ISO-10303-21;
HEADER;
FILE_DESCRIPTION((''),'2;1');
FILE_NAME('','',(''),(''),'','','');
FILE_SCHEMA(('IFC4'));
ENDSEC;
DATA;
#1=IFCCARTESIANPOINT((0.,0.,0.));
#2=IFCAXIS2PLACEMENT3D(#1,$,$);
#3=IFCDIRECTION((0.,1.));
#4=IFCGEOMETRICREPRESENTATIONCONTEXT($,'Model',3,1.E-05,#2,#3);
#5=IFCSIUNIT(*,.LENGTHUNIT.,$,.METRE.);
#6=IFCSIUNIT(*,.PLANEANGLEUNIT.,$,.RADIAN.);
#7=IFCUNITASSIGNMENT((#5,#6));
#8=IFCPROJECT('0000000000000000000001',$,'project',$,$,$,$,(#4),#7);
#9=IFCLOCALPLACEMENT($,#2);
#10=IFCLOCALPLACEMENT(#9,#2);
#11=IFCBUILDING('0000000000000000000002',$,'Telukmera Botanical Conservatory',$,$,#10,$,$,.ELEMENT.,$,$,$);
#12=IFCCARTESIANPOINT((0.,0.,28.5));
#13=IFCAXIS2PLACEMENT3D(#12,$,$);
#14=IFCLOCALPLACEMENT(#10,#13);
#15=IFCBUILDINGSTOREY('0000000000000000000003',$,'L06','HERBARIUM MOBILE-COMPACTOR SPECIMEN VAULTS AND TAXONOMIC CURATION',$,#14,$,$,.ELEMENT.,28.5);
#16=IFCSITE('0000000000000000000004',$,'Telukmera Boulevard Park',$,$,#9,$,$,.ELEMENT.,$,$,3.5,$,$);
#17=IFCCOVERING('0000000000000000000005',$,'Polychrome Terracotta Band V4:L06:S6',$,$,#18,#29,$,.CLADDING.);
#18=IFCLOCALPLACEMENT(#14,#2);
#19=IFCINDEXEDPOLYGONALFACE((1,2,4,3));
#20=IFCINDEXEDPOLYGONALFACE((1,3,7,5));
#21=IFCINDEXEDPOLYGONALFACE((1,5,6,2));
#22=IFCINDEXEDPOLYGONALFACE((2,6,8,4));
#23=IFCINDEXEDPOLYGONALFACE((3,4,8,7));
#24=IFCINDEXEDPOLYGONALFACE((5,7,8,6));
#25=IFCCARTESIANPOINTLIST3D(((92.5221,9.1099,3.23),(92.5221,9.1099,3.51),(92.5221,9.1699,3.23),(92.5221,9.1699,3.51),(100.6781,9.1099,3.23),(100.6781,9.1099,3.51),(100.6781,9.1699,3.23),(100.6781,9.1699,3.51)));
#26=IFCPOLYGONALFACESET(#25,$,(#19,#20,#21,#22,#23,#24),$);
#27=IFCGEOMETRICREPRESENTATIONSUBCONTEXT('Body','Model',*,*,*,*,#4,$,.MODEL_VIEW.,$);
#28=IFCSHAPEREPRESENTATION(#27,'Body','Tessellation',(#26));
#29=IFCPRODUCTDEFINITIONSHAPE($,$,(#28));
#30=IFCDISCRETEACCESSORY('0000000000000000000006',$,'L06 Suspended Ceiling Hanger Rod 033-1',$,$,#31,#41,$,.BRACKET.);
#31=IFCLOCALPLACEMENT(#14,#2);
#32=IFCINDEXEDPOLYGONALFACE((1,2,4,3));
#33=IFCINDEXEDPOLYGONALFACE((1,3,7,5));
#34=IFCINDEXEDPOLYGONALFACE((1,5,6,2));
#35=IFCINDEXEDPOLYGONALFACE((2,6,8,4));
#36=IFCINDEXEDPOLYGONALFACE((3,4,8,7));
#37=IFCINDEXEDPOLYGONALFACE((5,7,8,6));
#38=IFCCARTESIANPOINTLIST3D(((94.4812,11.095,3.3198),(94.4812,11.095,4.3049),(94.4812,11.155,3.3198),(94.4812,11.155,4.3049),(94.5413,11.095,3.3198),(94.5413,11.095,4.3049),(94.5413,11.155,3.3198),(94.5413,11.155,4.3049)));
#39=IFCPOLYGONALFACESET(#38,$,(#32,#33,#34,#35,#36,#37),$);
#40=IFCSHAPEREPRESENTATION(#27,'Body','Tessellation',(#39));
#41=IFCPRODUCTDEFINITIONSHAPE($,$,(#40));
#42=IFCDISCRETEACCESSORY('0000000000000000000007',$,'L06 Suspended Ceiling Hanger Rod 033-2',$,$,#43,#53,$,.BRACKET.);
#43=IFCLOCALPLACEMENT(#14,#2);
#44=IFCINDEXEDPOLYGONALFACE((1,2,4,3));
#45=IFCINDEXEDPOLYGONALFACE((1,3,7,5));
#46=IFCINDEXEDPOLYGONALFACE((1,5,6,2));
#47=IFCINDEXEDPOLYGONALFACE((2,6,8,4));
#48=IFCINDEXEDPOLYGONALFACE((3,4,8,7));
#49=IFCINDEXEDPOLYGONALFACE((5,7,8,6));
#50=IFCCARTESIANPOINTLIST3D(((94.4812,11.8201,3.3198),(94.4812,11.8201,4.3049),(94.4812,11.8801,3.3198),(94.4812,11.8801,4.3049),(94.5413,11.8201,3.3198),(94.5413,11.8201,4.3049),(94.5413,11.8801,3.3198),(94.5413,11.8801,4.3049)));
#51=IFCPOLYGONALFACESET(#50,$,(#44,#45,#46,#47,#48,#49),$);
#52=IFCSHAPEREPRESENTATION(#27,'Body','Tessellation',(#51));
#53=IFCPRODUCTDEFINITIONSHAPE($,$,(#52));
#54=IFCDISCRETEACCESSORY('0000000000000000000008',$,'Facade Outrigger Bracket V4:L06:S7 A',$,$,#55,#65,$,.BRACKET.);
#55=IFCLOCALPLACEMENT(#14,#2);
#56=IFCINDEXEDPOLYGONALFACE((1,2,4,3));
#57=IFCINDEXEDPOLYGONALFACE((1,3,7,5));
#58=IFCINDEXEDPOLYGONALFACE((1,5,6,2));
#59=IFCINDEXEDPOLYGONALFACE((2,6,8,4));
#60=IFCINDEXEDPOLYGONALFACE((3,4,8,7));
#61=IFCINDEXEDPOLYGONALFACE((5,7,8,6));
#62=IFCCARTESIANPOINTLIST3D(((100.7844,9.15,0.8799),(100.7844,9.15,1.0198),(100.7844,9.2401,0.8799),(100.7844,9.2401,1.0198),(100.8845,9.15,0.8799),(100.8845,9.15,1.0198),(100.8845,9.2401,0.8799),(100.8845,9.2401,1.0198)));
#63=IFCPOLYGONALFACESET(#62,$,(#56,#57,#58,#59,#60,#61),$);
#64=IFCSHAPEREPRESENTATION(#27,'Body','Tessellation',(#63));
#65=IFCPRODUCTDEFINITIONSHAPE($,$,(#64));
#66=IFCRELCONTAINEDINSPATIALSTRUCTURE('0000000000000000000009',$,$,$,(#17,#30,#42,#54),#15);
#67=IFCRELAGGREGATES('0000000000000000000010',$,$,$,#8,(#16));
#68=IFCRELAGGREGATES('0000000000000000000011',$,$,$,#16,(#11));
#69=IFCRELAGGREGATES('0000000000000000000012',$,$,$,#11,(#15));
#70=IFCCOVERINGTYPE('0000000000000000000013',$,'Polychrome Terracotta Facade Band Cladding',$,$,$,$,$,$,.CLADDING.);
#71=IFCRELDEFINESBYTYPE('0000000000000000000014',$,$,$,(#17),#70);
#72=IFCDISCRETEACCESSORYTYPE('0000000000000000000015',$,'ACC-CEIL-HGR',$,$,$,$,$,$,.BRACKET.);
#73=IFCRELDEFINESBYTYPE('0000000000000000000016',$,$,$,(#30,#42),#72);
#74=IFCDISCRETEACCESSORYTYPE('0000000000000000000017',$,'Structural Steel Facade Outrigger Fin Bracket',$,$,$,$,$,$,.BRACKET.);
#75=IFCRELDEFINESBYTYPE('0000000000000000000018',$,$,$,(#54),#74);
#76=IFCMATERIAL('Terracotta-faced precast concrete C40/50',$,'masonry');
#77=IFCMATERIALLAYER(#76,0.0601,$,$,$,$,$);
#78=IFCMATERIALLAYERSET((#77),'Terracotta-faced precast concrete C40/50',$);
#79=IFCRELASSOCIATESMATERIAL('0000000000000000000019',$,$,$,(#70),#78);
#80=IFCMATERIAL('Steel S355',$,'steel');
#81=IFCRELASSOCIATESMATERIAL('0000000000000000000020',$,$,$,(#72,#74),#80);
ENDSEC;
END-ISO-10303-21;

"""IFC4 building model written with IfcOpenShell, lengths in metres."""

from ifc_helpers import new_model, si_unit, direction, frame, origin, origin_2d, place, context, subcontext, project, spatial, rectangle, extrude, material, layer, layer_set, type_object, element, save


model = new_model("IFC4")

# Units and contexts
model_context = context("Model", 3, precision=1e-05, world=origin(), true_north=direction((0.0, 1.0)))
body_context = subcontext(model_context, "Body", "Model", "MODEL_VIEW")
ifc_project = project(units=[si_unit("LENGTHUNIT", "METRE"), si_unit("PLANEANGLEUNIT", "RADIAN")], contexts=[model_context])

# Site, building, storey
site_placement = place(None, origin())
site = spatial("IfcSite", under=ifc_project, at=site_placement, Name="Telukmera Boulevard Park", CompositionType="ELEMENT", RefElevation=3.5)
building_placement = place(site_placement, origin())
building = spatial("IfcBuilding", under=site, at=building_placement, Name="Telukmera Botanical Conservatory", CompositionType="ELEMENT")
storey_placement = place(building_placement, frame((0.0, 0.0, 28.5)))
storey = spatial("IfcBuildingStorey", under=building, at=storey_placement, Name="L06", Description="HERBARIUM MOBILE-COMPACTOR SPECIMEN VAULTS AND TAXONOMIC CURATION", CompositionType="ELEMENT", Elevation=28.5)

# Covering
ifc_material_1 = material(Name="Terracotta-faced precast concrete C40/50", Category="masonry")
ifc_layer_1 = layer(ifc_material_1, 0.0601)
ifc_layer_set_1 = layer_set([ifc_layer_1], Name="Terracotta-faced precast concrete C40/50")
covering_type_1 = type_object("IfcCoveringType", Name="Polychrome Terracotta Facade Band Cladding", PredefinedType="CLADDING", material=ifc_layer_set_1)
covering_placement = place(storey_placement, frame((96.6001, 9.1399, 3.23), z_axis=(0.0, 0.0, 1.0), x_axis=(1.0, 0.0, 0.0)))
element("IfcCovering", 1, at=covering_placement, inside=storey, type_object=covering_type_1, Name="Polychrome Terracotta Band V4:L06:S6", PredefinedType="CLADDING", context=body_context, shape_type="SweptSolid", body=[
    extrude(rectangle(XDim=8.156, YDim=0.0601, at=origin_2d()), origin(), (0.0, 0.0, 1.0), 0.28),
])

# Discrete accessories
ifc_material_2 = material(Name="Steel S355", Category="steel")
discrete_accessory_type_1 = type_object("IfcDiscreteAccessoryType", Name="ACC-CEIL-HGR", PredefinedType="BRACKET", material=ifc_material_2)
for number, where, z_axis, x_axis, name in (
    (2, (94.5112, 11.125, 3.3198), (0.0, 0.0, 1.0), (1.0, 0.0, 0.0), "L06 Suspended Ceiling Hanger Rod 033-1"),
    (3, (94.5112, 11.8501, 3.3198), (0.0, 0.0, 1.0), (1.0, 0.0, 0.0), "L06 Suspended Ceiling Hanger Rod 033-2"),
):
    element("IfcDiscreteAccessory", number, at=place(storey_placement, frame(where, z_axis=z_axis, x_axis=x_axis)), inside=storey, type_object=discrete_accessory_type_1, Name=name, PredefinedType="BRACKET", context=body_context, shape_type="SweptSolid", body=[
        extrude(rectangle(XDim=0.0601, YDim=0.0601, at=origin_2d()), origin(), (0.0, 0.0, 1.0), 0.9851),
    ])
discrete_accessory_type_2 = type_object("IfcDiscreteAccessoryType", Name="Structural Steel Facade Outrigger Fin Bracket", PredefinedType="BRACKET", material=ifc_material_2)
discrete_accessory_placement = place(storey_placement, frame((100.8345, 9.1951, 0.8799), z_axis=(0.0, 0.0, 1.0), x_axis=(1.0, 0.0, 0.0)))
element("IfcDiscreteAccessory", 4, at=discrete_accessory_placement, inside=storey, type_object=discrete_accessory_type_2, Name="Facade Outrigger Bracket V4:L06:S7 A", PredefinedType="BRACKET", context=body_context, shape_type="SweptSolid", body=[
    extrude(rectangle(XDim=0.1001, YDim=0.0901, at=origin_2d()), origin(), (0.0, 0.0, 1.0), 0.1399),
])

save(model, "model.ifc")
